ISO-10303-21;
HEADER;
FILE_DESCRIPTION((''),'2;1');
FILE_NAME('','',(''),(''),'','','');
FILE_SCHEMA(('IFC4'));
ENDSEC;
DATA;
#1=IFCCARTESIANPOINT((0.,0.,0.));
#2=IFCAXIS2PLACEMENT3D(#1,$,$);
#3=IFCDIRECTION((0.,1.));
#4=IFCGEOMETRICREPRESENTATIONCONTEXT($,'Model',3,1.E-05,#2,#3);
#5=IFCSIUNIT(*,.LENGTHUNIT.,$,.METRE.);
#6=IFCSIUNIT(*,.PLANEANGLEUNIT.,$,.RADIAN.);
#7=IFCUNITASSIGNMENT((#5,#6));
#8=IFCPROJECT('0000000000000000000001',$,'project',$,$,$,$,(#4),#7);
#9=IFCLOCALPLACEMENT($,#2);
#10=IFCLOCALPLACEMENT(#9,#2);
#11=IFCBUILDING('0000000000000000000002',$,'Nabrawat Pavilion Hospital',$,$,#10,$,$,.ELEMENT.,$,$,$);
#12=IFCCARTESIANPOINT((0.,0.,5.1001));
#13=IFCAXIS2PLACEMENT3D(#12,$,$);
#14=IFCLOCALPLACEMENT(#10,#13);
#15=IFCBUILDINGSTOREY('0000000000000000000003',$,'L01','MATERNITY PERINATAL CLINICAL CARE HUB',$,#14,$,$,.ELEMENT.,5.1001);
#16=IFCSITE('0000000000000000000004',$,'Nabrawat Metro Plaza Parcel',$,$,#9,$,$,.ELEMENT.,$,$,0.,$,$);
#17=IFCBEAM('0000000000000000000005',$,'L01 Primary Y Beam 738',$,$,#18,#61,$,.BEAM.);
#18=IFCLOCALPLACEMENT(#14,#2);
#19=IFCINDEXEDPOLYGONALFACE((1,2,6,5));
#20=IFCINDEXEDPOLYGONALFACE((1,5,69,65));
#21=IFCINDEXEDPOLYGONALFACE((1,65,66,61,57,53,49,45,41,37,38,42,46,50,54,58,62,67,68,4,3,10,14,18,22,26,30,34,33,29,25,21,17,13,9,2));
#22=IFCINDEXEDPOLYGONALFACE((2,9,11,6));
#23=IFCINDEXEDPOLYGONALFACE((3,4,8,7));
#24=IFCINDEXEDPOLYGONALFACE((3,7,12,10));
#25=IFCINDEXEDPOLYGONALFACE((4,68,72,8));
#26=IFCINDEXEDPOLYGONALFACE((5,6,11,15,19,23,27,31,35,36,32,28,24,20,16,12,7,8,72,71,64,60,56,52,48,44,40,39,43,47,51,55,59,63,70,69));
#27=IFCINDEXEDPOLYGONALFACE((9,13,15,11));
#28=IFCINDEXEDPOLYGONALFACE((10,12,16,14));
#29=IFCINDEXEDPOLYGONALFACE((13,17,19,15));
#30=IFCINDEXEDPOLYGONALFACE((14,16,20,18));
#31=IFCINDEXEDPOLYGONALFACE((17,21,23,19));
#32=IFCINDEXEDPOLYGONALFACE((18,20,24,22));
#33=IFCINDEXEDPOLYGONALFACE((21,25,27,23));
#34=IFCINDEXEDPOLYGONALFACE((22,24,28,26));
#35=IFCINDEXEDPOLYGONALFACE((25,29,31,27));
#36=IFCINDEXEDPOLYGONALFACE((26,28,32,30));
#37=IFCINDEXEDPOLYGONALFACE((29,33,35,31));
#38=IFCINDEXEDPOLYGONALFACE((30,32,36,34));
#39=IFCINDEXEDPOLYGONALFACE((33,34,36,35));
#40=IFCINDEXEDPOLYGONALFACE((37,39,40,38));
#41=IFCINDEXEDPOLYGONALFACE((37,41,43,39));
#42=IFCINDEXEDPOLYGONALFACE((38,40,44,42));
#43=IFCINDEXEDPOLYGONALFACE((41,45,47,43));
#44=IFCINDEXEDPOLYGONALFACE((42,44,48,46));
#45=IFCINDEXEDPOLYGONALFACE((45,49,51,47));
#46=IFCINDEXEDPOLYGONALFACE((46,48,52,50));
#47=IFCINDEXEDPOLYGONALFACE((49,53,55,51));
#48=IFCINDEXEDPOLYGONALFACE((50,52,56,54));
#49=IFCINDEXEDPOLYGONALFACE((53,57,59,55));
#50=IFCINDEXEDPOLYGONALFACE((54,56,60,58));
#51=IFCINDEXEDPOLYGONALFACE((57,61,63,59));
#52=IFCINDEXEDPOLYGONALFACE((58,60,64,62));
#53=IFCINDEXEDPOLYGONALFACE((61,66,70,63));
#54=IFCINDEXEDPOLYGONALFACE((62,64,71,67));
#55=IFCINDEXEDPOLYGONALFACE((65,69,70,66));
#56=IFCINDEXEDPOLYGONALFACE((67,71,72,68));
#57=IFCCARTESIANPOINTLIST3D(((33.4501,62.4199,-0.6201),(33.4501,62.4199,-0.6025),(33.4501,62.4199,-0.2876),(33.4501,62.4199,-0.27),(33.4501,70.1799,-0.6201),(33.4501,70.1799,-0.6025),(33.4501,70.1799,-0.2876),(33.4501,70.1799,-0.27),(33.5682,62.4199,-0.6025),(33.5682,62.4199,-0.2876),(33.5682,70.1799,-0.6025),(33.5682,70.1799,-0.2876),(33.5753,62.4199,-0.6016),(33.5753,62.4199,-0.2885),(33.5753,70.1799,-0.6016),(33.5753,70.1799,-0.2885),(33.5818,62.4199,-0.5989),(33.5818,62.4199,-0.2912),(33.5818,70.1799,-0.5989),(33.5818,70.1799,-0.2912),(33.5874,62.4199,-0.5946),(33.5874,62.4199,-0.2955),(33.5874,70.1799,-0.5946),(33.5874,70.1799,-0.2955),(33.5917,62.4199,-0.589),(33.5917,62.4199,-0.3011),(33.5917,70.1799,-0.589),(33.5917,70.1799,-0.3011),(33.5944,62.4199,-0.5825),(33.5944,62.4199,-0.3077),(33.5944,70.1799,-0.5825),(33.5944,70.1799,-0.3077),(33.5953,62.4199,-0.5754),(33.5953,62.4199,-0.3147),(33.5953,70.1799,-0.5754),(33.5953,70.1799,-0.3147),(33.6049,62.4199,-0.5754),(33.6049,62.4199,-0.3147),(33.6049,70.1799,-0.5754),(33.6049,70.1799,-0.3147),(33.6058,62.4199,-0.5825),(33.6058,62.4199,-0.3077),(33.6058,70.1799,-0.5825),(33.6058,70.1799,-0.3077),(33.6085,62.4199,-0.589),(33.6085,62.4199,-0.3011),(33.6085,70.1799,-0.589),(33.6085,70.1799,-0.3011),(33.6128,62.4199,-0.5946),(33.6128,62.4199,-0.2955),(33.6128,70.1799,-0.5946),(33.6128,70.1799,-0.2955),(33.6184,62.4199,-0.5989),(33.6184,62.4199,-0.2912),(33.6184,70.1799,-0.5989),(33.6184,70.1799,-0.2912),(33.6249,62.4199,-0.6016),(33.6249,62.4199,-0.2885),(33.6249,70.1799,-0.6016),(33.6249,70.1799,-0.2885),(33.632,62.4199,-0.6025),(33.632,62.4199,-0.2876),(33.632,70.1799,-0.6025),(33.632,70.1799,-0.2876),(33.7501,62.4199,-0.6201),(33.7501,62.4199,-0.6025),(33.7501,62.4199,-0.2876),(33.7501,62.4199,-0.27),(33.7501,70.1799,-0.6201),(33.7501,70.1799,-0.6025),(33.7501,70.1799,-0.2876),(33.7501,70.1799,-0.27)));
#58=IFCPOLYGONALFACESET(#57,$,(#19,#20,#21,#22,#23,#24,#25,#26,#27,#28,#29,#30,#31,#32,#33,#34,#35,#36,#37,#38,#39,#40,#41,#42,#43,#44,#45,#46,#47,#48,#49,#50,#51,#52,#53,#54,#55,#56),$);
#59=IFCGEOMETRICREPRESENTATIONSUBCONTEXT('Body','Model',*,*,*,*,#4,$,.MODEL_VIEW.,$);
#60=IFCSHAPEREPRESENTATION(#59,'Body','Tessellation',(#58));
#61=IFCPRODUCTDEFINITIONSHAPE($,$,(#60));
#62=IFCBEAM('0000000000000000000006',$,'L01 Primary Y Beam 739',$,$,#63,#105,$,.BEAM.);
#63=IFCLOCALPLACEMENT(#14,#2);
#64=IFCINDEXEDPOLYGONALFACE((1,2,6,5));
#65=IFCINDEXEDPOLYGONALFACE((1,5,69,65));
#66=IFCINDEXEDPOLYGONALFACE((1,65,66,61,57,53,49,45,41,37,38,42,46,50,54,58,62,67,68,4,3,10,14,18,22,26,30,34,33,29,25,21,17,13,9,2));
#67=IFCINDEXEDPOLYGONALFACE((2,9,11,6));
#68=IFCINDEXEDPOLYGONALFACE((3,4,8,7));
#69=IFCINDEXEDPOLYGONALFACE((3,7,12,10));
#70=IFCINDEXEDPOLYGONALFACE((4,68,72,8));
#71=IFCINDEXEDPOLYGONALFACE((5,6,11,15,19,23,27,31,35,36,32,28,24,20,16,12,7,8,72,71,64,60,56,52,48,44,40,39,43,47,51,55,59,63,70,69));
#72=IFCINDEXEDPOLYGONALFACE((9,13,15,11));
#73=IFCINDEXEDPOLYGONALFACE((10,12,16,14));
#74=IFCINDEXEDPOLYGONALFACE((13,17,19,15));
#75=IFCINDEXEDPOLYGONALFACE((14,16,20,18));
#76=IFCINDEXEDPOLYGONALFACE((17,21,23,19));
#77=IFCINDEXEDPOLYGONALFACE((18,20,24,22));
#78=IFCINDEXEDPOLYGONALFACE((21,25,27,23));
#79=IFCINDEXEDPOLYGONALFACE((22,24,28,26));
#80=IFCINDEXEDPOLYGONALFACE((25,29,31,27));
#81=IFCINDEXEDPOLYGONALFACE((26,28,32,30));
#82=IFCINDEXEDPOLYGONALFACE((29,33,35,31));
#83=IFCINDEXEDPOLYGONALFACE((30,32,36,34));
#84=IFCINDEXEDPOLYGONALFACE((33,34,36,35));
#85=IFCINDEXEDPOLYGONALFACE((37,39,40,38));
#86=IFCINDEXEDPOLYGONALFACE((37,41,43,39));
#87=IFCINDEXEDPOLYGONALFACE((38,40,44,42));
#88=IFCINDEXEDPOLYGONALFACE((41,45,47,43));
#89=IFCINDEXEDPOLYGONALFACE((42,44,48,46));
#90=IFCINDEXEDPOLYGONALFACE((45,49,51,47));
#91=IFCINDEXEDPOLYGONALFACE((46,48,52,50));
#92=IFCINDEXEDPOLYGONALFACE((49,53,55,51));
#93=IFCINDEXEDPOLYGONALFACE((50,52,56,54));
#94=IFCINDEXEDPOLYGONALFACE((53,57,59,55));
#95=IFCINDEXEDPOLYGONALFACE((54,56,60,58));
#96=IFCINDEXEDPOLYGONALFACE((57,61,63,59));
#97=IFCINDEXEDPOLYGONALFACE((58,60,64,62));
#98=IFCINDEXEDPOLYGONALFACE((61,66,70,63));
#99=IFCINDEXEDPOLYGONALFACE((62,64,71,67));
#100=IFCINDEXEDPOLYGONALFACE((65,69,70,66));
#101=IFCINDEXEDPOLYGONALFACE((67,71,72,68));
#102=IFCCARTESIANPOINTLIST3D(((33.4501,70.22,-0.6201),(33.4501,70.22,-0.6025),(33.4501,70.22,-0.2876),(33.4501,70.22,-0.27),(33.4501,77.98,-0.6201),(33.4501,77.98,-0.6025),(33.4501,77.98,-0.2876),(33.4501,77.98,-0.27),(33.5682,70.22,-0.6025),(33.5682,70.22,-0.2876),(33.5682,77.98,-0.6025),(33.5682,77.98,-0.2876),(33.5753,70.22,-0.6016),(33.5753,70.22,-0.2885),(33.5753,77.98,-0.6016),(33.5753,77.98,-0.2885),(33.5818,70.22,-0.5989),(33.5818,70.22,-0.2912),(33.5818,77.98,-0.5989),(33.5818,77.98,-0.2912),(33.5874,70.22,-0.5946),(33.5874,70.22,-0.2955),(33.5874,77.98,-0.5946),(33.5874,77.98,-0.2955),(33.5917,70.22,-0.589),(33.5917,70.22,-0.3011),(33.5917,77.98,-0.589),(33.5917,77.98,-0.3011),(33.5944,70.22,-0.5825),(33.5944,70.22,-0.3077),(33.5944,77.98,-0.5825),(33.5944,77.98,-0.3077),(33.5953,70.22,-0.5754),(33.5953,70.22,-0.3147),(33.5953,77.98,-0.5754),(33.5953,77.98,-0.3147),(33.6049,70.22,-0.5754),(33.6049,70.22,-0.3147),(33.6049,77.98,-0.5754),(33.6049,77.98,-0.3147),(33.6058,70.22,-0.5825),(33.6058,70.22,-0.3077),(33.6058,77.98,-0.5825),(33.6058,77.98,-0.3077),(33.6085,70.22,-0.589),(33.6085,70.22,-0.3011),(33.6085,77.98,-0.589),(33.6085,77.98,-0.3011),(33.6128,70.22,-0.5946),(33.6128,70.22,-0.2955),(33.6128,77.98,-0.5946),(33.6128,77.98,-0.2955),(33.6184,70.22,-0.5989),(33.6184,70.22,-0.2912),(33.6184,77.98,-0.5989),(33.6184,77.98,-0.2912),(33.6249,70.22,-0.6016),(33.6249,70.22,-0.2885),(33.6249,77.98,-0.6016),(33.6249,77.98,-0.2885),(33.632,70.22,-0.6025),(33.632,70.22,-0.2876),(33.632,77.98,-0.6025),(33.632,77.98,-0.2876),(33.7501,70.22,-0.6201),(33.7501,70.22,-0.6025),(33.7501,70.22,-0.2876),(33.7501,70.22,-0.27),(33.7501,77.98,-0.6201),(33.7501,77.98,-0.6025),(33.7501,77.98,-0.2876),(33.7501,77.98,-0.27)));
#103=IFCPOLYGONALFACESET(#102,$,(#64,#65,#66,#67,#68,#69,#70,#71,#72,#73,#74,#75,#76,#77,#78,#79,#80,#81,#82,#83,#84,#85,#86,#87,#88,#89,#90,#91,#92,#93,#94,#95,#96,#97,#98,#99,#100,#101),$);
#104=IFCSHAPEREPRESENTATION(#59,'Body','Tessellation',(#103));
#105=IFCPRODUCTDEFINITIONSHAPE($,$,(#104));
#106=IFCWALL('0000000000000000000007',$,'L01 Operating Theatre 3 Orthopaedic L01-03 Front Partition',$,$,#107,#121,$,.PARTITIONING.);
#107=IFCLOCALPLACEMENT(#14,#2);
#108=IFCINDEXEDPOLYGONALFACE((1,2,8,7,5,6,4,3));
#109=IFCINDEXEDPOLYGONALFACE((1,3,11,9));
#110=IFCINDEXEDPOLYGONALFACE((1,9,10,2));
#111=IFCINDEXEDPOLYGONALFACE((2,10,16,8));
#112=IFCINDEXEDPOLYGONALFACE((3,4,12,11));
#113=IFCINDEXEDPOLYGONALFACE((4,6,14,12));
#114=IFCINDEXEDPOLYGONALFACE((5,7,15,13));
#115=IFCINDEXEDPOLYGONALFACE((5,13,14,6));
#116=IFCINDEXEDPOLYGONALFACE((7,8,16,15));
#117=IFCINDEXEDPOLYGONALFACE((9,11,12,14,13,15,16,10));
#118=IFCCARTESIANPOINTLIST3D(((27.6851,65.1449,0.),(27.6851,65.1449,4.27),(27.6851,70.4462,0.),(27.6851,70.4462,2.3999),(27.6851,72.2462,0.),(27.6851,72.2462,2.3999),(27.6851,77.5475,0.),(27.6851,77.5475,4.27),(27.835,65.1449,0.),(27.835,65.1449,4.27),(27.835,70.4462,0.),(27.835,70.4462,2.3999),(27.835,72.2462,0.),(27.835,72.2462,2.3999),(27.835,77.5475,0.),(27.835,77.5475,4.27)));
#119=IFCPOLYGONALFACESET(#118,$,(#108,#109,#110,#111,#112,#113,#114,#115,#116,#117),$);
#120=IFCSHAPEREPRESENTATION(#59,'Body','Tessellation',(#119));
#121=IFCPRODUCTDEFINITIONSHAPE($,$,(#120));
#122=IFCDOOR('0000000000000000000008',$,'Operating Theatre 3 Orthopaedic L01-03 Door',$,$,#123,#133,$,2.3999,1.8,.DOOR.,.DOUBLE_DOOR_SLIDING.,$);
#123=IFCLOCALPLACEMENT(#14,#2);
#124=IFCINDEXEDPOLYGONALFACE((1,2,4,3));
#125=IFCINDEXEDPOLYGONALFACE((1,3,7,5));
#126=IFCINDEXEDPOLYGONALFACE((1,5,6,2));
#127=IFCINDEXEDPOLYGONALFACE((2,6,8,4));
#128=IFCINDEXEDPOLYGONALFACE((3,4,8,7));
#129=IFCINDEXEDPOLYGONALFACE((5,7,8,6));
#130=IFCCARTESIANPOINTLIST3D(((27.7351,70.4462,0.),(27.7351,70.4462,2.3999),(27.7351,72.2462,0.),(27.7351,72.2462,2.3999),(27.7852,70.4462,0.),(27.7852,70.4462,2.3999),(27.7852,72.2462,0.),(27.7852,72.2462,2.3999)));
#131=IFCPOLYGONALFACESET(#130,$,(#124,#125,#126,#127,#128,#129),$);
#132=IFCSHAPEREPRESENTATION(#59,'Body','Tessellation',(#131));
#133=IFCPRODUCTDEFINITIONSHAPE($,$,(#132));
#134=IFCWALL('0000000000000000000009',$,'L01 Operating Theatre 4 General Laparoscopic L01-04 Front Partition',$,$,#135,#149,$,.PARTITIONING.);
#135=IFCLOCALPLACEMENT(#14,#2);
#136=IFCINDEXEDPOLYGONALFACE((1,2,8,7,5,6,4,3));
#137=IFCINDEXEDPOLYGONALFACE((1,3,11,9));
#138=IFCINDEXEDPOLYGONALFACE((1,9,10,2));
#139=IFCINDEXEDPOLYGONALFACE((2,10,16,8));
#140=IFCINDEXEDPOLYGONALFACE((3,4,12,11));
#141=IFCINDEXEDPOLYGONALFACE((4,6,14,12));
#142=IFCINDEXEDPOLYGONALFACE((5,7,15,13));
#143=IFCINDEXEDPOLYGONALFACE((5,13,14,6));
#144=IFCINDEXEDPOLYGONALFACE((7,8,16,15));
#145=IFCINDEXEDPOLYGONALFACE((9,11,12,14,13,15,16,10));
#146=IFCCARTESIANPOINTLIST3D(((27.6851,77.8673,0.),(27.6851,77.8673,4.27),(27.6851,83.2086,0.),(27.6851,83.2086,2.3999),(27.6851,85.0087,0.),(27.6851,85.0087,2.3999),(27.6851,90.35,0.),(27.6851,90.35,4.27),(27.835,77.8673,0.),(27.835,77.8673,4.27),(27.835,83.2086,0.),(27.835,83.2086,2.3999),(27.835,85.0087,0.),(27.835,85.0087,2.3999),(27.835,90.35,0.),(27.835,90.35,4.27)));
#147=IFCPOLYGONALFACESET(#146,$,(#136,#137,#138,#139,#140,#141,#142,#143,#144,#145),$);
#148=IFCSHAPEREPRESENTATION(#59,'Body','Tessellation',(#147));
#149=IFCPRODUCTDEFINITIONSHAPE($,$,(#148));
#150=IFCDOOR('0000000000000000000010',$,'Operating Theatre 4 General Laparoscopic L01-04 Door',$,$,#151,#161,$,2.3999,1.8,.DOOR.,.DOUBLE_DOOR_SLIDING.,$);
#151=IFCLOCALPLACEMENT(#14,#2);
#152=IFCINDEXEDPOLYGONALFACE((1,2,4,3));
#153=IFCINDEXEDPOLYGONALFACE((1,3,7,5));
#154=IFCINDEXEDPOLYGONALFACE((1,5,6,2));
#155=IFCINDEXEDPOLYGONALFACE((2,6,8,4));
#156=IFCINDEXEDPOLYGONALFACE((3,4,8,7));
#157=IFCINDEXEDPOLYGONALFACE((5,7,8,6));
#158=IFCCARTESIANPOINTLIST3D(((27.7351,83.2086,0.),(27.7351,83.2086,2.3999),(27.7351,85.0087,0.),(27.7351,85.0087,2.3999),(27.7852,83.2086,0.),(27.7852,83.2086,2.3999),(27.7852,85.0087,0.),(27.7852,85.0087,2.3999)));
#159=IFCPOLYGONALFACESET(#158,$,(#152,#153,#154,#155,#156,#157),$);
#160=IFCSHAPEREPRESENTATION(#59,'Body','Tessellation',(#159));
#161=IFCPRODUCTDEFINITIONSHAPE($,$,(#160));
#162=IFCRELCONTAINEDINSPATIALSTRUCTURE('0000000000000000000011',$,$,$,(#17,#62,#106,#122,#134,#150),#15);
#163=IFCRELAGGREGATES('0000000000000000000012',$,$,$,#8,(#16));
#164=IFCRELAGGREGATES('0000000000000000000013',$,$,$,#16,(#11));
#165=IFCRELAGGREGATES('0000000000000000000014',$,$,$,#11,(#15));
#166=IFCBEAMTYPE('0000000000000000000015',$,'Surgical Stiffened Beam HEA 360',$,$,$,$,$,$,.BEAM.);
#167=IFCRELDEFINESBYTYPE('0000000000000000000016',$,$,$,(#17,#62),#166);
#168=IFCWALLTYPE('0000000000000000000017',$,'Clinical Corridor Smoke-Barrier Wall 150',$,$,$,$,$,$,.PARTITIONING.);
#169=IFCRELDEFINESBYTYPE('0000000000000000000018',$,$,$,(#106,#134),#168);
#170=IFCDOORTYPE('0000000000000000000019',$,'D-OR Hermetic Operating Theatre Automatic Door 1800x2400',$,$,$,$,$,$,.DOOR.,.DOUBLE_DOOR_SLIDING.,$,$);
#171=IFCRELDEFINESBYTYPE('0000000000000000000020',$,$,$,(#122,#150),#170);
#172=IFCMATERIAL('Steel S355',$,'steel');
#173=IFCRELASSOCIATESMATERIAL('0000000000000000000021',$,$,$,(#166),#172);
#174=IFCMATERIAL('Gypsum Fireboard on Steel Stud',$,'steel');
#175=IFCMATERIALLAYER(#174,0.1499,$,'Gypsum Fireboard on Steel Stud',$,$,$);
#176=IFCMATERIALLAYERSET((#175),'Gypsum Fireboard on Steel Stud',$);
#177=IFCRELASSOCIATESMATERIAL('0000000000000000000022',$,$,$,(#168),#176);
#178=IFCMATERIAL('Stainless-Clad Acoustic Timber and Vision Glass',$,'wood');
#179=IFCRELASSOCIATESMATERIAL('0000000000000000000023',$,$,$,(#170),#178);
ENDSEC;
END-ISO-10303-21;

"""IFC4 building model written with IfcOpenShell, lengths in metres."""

from ifc_helpers import new_model, si_unit, direction, frame, frame_2d, origin, origin_2d, place, context, subcontext, project, spatial, rectangle, i_section, extrude, material, layer, layer_set, material_profile, profile_set, type_object, element, fill, save


model = new_model("IFC4")

# Units and contexts
model_context = context("Model", 3, precision=1e-05, world=origin(), true_north=direction((0.0, 1.0)))
body_context = subcontext(model_context, "Body", "Model", "MODEL_VIEW")
ifc_project = project(units=[si_unit("LENGTHUNIT", "METRE"), si_unit("PLANEANGLEUNIT", "RADIAN")], contexts=[model_context])

# Site, building, storey
site_placement = place(None, origin())
site = spatial("IfcSite", under=ifc_project, at=site_placement, Name="Nabrawat Metro Plaza Parcel", CompositionType="ELEMENT", RefElevation=0.0)
building_placement = place(site_placement, origin())
building = spatial("IfcBuilding", under=site, at=building_placement, Name="Nabrawat Pavilion Hospital", CompositionType="ELEMENT")
storey_placement = place(building_placement, frame((0.0, 0.0, 5.1001)))
storey = spatial("IfcBuildingStorey", under=building, at=storey_placement, Name="L01", Description="MATERNITY PERINATAL CLINICAL CARE HUB", CompositionType="ELEMENT", Elevation=5.1001)

# Shared definitions
ifc_material_1 = material(Name="Steel S355", Category="steel")

# Beams
ifc_material_profile_1 = material_profile(ifc_material_1, i_section(OverallWidth=0.3, OverallDepth=0.3501, WebThickness=0.0095, FlangeThickness=0.0176, FilletRadius=0.0271, at=origin_2d()), Name="HEA 360")
ifc_profile_set_1 = profile_set([ifc_material_profile_1], Name="Steel S355")
beam_type_1 = type_object("IfcBeamType", Name="Surgical Stiffened Beam HEA 360", PredefinedType="BEAM", material=ifc_profile_set_1)
for number, where, z_axis, x_axis, name in (
    (1, (33.6001, 62.4199, -0.4451), (0.0, 1.0, 0.0), (-1.0, 0.0, 0.0), "L01 Primary Y Beam 738"),
    (2, (33.6001, 70.22, -0.4451), (0.0, 1.0, 0.0), (-1.0, 0.0, 0.0), "L01 Primary Y Beam 739"),
):
    element("IfcBeam", number, at=place(storey_placement, frame(where, z_axis=z_axis, x_axis=x_axis)), inside=storey, type_object=beam_type_1, Name=name, PredefinedType="BEAM", context=body_context, shape_type="SweptSolid", body=[
        extrude(i_section(OverallWidth=0.3, OverallDepth=0.3501, WebThickness=0.0095, FlangeThickness=0.0176, FilletRadius=0.0271, at=origin_2d()), origin(), (0.0, 0.0, 1.0), 7.76),
    ])

# Walls, openings, doors
ifc_material_2 = material(Name="Gypsum Fireboard on Steel Stud", Category="steel")
ifc_layer_1 = layer(ifc_material_2, 0.1499, Name="Gypsum Fireboard on Steel Stud")
ifc_layer_set_1 = layer_set([ifc_layer_1], Name="Gypsum Fireboard on Steel Stud")
wall_type_1 = type_object("IfcWallType", Name="Clinical Corridor Smoke-Barrier Wall 150", PredefinedType="PARTITIONING", material=ifc_layer_set_1)
wall_1_placement = place(storey_placement, frame((27.76, 65.145, 0.0), z_axis=(0.0, 0.0, 1.0), x_axis=(0.0, 1.0, 0.0)))
wall_1 = element("IfcWall", 3, at=wall_1_placement, inside=storey, type_object=wall_type_1, Name="L01 Operating Theatre 3 Orthopaedic L01-03 Front Partition", PredefinedType="PARTITIONING", context=body_context, shape_type="SweptSolid", body=[
    extrude(rectangle(XDim=12.4026, YDim=0.1499, at=frame_2d((6.2012, 0.0))), origin(), (0.0, 0.0, 1.0), 4.27),
])
opening_1_placement = place(wall_1_placement, frame((5.3013, 0.0, 0.0)))
opening_1 = element("IfcOpeningElement", 4, at=opening_1_placement, cuts=wall_1, PredefinedType="OPENING", context=body_context, shape_type="SweptSolid", body=[
    extrude(rectangle(XDim=1.8, YDim=2.3999, at=frame_2d((0.8999, 1.2))), frame((0.0, 0.085, 0.0), z_axis=(0.0, -1.0, 0.0), x_axis=(1.0, 0.0, 0.0)), (0.0, 0.0, 1.0), 0.1699),
])
ifc_material_3 = material(Name="Stainless-Clad Acoustic Timber and Vision Glass", Category="wood")
door_type_1 = type_object("IfcDoorType", Name="D-OR Hermetic Operating Theatre Automatic Door 1800x2400", OperationType="DOUBLE_DOOR_SLIDING", PredefinedType="DOOR", material=ifc_material_3)
door_1_placement = place(opening_1_placement, origin())
door_1 = element("IfcDoor", 5, at=door_1_placement, inside=storey, type_object=door_type_1, Name="Operating Theatre 3 Orthopaedic L01-03 Door", OperationType="DOUBLE_DOOR_SLIDING", OverallHeight=2.3999, OverallWidth=1.8, PredefinedType="DOOR", context=body_context, shape_type="SweptSolid", body=[
    extrude(rectangle(XDim=1.8, YDim=2.3999, at=frame_2d((0.8999, 1.2))), frame((0.0, 0.0249, 0.0), z_axis=(0.0, -1.0, 0.0), x_axis=(1.0, 0.0, 0.0)), (0.0, 0.0, 1.0), 0.05),
])
fill(opening_1, door_1)
wall_2_placement = place(storey_placement, frame((27.76, 77.8674, 0.0), z_axis=(0.0, 0.0, 1.0), x_axis=(0.0, 1.0, 0.0)))
wall_2 = element("IfcWall", 6, at=wall_2_placement, inside=storey, type_object=wall_type_1, Name="L01 Operating Theatre 4 General Laparoscopic L01-04 Front Partition", PredefinedType="PARTITIONING", context=body_context, shape_type="SweptSolid", body=[
    extrude(rectangle(XDim=12.4827, YDim=0.1499, at=frame_2d((6.2412, 0.0))), origin(), (0.0, 0.0, 1.0), 4.27),
])
opening_2_placement = place(wall_2_placement, frame((5.3413, 0.0, 0.0)))
opening_2 = element("IfcOpeningElement", 7, at=opening_2_placement, cuts=wall_2, PredefinedType="OPENING", context=body_context, shape_type="SweptSolid", body=[
    extrude(rectangle(XDim=1.8, YDim=2.3999, at=frame_2d((0.8999, 1.2))), frame((0.0, 0.085, 0.0), z_axis=(0.0, -1.0, 0.0), x_axis=(1.0, 0.0, 0.0)), (0.0, 0.0, 1.0), 0.1699),
])
door_2_placement = place(opening_2_placement, origin())
door_2 = element("IfcDoor", 8, at=door_2_placement, inside=storey, type_object=door_type_1, Name="Operating Theatre 4 General Laparoscopic L01-04 Door", OperationType="DOUBLE_DOOR_SLIDING", OverallHeight=2.3999, OverallWidth=1.8, PredefinedType="DOOR", context=body_context, shape_type="SweptSolid", body=[
    extrude(rectangle(XDim=1.8, YDim=2.3999, at=frame_2d((0.8999, 1.2))), frame((0.0, 0.0249, 0.0), z_axis=(0.0, -1.0, 0.0), x_axis=(1.0, 0.0, 0.0)), (0.0, 0.0, 1.0), 0.05),
])
fill(opening_2, door_2)

save(model, "model.ifc")
